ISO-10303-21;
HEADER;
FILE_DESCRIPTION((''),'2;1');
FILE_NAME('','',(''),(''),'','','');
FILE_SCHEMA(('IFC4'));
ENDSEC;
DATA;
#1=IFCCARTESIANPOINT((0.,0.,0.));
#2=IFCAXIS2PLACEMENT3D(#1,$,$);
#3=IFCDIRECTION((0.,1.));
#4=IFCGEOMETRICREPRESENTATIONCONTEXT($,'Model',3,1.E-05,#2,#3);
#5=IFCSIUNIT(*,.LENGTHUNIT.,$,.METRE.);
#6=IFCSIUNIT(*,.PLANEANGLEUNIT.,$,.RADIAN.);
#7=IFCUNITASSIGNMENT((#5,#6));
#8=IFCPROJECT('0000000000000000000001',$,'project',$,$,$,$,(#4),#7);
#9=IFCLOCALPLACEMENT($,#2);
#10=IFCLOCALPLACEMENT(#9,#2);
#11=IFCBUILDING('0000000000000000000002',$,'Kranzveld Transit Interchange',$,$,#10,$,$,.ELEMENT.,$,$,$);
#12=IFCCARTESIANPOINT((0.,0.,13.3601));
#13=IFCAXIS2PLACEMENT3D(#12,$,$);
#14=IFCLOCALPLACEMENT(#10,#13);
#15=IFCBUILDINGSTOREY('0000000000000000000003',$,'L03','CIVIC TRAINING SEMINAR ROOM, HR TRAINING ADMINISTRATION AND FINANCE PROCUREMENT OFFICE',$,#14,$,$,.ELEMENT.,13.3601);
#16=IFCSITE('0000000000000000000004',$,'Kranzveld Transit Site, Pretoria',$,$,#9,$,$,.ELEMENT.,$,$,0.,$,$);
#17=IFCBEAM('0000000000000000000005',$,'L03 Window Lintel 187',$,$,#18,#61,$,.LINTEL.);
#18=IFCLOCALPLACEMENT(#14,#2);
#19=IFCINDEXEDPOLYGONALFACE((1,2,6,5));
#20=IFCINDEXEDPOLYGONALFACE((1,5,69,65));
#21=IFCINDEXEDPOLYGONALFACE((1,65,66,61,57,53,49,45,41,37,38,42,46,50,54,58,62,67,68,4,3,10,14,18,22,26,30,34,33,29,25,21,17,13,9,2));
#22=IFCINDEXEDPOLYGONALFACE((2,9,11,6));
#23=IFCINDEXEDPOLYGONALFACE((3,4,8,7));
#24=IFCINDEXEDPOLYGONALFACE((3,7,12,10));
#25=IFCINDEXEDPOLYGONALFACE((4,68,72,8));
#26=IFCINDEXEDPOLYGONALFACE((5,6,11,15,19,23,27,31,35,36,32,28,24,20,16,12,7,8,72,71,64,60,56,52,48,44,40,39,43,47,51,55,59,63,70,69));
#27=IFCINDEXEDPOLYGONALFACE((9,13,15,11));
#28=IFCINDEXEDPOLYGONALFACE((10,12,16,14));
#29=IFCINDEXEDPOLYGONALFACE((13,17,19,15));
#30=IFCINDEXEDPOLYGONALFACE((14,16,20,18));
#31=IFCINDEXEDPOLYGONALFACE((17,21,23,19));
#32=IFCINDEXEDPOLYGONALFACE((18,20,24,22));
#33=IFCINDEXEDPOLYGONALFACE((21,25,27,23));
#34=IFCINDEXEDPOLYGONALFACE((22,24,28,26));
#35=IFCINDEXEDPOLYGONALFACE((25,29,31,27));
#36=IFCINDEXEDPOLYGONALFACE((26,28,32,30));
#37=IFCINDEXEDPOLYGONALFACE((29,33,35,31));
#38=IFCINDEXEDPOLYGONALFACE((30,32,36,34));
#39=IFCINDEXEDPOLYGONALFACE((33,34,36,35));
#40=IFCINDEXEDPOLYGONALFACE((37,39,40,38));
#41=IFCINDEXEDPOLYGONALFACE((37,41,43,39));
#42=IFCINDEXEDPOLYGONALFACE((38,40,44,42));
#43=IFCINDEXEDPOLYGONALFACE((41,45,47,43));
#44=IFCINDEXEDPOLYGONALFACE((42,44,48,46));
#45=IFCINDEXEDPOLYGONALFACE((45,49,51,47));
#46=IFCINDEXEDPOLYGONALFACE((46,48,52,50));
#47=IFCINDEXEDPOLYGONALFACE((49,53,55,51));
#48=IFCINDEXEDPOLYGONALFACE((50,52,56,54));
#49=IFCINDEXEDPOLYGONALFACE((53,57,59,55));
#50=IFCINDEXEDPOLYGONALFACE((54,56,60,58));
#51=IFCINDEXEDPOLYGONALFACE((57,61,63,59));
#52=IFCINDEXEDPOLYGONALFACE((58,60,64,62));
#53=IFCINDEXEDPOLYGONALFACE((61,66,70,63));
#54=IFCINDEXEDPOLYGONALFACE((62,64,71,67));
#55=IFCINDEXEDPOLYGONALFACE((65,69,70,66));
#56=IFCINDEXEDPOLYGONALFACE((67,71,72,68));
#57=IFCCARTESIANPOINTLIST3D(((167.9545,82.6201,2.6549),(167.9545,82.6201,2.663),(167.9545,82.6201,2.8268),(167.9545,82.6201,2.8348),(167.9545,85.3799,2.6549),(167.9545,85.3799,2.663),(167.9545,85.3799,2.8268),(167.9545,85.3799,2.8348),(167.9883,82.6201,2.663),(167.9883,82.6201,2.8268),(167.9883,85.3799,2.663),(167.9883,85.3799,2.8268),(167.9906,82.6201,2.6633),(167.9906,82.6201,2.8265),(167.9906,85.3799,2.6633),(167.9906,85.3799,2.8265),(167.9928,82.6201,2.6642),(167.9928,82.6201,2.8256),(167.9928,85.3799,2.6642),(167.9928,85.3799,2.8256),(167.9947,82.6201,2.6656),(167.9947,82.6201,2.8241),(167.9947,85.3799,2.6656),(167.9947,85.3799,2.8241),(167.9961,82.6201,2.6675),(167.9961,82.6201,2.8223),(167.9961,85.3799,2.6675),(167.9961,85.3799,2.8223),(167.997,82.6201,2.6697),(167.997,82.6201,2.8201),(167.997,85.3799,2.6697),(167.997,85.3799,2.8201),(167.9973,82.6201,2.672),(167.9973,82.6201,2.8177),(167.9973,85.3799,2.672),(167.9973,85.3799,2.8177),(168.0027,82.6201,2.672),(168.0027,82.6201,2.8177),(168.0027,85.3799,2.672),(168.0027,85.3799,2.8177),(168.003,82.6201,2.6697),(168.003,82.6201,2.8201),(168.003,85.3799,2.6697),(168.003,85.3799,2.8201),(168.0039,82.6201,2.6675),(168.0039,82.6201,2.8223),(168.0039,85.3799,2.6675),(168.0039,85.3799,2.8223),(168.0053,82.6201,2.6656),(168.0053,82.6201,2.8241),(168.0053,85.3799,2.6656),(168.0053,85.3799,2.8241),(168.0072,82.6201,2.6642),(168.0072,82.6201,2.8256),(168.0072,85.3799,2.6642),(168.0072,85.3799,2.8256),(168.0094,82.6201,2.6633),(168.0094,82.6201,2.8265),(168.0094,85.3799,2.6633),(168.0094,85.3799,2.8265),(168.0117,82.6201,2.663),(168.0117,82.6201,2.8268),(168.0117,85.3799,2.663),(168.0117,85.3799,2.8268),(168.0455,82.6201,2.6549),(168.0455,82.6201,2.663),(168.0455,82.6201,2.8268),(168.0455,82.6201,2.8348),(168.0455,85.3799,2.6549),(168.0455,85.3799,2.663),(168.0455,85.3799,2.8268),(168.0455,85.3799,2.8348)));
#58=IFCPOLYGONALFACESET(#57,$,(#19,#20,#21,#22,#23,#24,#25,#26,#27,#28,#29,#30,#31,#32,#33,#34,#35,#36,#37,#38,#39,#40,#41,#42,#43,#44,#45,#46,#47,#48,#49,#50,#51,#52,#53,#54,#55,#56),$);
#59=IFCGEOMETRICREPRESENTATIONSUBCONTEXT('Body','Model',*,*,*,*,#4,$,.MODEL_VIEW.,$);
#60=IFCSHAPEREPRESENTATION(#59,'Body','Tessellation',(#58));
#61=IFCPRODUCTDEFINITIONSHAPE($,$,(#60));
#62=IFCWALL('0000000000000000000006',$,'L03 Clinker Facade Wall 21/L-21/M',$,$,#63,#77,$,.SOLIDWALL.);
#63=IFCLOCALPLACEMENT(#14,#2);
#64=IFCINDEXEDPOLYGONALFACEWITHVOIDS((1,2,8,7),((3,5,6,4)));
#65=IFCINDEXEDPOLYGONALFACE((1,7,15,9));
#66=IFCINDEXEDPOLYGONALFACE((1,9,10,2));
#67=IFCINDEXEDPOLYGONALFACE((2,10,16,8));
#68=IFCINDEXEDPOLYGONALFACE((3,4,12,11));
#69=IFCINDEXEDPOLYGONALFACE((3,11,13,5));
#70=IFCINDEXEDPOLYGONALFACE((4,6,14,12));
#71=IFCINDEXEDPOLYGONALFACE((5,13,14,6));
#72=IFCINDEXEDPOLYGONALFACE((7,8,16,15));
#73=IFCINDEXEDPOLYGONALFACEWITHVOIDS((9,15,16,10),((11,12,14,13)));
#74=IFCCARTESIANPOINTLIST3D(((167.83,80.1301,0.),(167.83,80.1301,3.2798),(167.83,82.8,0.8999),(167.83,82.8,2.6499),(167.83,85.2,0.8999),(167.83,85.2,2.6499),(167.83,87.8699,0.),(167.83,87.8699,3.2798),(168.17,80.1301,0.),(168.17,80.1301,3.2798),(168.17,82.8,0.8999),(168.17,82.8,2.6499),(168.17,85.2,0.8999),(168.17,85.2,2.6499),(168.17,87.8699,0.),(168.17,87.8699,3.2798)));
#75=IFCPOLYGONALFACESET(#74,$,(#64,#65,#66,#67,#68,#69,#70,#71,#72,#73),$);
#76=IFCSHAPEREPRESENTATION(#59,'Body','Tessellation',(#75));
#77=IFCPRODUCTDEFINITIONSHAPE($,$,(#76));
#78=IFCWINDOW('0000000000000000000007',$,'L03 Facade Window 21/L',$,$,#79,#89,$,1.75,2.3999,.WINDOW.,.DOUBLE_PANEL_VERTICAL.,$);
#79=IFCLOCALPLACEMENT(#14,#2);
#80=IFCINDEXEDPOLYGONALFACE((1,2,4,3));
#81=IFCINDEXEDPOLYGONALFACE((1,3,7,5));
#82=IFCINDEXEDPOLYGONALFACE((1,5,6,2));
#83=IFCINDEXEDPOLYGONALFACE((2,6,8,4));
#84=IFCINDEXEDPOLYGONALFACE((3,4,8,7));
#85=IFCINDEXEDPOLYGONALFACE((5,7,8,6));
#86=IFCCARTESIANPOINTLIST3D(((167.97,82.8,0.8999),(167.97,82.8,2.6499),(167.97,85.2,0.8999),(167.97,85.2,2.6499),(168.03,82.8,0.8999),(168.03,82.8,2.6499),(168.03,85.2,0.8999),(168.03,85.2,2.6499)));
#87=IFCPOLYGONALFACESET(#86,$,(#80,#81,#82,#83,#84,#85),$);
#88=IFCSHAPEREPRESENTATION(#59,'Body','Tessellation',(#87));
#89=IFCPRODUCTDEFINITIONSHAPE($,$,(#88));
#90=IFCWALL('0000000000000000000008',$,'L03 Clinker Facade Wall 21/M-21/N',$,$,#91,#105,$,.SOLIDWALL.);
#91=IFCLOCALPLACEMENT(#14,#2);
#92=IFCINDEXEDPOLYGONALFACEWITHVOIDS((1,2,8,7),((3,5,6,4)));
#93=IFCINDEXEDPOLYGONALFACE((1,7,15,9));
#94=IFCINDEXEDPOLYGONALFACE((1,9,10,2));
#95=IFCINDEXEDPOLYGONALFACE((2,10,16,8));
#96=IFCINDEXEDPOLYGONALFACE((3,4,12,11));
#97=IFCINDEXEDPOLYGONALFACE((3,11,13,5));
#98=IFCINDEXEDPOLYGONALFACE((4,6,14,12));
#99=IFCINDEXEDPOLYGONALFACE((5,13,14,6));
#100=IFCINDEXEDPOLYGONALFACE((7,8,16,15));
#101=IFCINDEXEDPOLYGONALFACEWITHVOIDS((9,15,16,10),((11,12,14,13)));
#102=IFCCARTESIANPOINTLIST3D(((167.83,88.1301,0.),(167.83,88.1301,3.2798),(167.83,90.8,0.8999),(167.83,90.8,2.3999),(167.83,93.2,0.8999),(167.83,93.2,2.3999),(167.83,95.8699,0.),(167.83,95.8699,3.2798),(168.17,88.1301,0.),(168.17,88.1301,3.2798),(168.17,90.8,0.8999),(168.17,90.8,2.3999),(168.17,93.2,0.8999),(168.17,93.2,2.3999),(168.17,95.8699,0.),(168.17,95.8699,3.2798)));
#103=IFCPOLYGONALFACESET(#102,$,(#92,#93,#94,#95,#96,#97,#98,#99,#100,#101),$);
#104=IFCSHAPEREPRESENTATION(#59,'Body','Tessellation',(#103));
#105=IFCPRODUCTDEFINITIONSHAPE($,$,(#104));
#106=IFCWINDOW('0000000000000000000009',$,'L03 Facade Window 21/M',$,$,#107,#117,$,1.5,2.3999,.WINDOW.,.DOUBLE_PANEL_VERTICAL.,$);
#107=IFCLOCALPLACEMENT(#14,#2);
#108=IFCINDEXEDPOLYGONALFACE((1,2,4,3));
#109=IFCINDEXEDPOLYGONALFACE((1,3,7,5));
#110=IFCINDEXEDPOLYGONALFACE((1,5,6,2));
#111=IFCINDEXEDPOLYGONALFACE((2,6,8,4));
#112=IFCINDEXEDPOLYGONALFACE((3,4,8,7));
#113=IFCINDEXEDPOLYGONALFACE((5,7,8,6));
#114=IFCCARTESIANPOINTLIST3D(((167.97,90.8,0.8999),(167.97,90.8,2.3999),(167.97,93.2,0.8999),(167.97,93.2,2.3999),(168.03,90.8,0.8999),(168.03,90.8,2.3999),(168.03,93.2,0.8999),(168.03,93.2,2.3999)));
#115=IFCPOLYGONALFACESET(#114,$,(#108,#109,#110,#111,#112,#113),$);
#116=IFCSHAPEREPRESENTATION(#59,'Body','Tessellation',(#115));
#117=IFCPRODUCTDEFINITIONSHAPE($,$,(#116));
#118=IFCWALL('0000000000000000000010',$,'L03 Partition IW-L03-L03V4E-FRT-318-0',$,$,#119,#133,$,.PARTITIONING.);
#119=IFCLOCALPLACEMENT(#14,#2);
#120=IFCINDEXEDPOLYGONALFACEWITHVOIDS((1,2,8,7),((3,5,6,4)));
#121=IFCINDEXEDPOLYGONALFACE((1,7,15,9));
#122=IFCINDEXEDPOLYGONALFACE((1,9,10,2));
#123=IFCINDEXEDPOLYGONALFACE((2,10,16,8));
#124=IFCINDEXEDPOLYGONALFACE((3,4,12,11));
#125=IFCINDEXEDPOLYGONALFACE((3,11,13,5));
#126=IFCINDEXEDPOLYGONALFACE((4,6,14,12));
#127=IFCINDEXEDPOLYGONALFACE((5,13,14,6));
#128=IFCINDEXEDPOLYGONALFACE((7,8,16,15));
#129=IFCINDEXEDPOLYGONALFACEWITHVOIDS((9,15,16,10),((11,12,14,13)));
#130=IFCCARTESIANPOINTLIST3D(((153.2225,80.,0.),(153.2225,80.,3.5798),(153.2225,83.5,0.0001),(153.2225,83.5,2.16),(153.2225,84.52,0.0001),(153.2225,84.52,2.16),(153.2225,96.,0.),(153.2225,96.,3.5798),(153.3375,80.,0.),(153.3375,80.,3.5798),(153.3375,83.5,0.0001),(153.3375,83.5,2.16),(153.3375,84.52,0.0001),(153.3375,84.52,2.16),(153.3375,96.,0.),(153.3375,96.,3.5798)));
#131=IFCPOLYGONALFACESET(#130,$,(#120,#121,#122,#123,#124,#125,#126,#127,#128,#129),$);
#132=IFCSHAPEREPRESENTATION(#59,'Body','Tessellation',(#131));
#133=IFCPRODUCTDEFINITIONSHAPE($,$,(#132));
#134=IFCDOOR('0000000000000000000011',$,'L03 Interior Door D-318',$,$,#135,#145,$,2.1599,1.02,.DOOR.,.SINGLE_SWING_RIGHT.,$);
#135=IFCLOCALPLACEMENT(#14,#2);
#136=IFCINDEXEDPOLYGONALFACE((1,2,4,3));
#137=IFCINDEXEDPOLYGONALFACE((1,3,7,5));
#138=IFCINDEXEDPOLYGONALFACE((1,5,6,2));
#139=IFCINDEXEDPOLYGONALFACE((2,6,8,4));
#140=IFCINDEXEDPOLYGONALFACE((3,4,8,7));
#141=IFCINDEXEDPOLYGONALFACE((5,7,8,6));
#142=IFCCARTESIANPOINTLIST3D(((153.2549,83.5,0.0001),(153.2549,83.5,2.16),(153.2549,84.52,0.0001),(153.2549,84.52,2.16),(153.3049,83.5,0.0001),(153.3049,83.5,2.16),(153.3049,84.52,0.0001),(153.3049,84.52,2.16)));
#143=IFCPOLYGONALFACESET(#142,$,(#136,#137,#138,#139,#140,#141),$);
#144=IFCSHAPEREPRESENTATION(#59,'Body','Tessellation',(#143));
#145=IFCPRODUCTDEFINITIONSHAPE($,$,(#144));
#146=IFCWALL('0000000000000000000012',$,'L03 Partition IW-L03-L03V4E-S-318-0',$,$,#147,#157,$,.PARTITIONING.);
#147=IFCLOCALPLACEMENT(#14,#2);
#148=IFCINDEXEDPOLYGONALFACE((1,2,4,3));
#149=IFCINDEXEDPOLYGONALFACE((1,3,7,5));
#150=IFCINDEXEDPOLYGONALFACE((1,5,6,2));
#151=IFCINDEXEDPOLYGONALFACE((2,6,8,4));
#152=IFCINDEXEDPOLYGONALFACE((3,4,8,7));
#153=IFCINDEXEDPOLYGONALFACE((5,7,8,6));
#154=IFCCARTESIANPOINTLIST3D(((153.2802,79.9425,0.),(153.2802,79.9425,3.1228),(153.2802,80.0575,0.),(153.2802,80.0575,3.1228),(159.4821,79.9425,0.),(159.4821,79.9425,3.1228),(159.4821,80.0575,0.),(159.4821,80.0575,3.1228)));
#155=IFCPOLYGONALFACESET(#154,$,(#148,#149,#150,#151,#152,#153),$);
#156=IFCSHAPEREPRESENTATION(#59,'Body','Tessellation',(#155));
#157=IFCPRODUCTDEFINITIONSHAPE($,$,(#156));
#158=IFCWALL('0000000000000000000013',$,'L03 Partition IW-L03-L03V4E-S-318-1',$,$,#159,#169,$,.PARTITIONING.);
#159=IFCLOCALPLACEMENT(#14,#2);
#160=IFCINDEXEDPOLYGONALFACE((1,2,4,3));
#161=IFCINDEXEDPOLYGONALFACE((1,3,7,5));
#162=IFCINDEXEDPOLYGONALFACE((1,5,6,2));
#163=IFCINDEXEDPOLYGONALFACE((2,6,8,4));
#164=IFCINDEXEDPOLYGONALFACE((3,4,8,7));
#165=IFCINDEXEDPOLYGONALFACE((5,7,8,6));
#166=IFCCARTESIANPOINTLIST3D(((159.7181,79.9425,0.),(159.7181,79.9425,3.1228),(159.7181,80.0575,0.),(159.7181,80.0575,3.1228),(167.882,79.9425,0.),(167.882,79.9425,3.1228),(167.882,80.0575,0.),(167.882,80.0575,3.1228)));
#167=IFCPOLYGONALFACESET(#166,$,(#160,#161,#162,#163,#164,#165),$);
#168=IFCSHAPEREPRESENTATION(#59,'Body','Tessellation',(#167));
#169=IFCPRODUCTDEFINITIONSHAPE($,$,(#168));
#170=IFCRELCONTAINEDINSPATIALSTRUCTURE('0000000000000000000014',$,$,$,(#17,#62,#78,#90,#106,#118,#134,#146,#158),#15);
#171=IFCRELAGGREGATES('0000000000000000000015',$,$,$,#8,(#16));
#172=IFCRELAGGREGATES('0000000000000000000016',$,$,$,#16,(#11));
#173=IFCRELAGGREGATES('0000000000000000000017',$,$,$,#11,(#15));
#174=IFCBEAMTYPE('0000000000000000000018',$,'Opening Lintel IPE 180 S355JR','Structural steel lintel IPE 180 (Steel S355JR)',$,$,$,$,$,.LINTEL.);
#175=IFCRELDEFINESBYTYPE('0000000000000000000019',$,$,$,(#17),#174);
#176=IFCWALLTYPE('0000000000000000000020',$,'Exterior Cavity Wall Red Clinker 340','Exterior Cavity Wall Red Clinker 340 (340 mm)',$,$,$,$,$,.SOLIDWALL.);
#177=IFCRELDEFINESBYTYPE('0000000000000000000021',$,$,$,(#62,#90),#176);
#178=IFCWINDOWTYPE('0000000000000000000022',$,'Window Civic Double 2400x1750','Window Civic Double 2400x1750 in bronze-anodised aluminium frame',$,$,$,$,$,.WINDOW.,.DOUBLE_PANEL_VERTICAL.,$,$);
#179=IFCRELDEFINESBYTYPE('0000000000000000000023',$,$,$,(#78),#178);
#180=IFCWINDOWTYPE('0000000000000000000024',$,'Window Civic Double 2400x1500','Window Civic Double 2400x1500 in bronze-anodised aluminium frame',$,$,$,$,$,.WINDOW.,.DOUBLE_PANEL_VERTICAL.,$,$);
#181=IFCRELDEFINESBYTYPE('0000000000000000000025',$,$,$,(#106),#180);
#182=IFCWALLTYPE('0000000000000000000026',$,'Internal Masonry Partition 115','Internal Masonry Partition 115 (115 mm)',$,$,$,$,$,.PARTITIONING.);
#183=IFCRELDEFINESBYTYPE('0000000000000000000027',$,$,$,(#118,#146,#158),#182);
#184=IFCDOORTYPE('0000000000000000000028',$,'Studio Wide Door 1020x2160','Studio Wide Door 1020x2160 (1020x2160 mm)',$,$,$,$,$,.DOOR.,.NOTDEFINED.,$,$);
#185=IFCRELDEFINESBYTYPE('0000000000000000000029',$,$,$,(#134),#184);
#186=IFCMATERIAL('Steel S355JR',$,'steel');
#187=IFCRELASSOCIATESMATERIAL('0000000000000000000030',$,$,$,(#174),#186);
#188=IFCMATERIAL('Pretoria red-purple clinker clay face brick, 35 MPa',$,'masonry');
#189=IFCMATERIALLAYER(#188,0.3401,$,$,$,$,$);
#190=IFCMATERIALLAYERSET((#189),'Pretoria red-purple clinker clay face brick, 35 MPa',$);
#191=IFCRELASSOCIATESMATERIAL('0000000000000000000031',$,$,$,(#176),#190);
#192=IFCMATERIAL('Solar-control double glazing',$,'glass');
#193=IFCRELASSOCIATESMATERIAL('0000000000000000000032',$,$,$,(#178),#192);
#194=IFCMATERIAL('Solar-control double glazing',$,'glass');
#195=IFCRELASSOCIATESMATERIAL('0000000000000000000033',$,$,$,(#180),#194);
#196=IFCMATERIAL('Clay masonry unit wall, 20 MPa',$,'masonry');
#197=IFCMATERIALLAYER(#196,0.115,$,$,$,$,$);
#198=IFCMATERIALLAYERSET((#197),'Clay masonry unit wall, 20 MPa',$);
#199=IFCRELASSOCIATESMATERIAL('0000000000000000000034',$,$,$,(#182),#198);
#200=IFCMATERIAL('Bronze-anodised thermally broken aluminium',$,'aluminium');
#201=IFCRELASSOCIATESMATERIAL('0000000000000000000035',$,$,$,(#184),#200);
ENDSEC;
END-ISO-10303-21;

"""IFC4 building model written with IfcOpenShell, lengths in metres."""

from ifc_helpers import new_model, si_unit, direction, frame, frame_2d, origin, origin_2d, place, context, subcontext, project, spatial, rectangle, i_section, extrude, material, layer, layer_set, material_profile, profile_set, type_object, element, fill, save


model = new_model("IFC4")

# Units and contexts
model_context = context("Model", 3, precision=1e-05, world=origin(), true_north=direction((0.0, 1.0)))
body_context = subcontext(model_context, "Body", "Model", "MODEL_VIEW")
ifc_project = project(units=[si_unit("LENGTHUNIT", "METRE"), si_unit("PLANEANGLEUNIT", "RADIAN")], contexts=[model_context])

# Site, building, storey
site_placement = place(None, origin())
site = spatial("IfcSite", under=ifc_project, at=site_placement, Name="Kranzveld Transit Site, Pretoria", CompositionType="ELEMENT", RefElevation=0.0)
building_placement = place(site_placement, origin())
building = spatial("IfcBuilding", under=site, at=building_placement, Name="Kranzveld Transit Interchange", CompositionType="ELEMENT")
storey_placement = place(building_placement, frame((0.0, 0.0, 13.3601)))
storey = spatial("IfcBuildingStorey", under=building, at=storey_placement, Name="L03", Description="CIVIC TRAINING SEMINAR ROOM, HR TRAINING ADMINISTRATION AND FINANCE PROCUREMENT OFFICE", CompositionType="ELEMENT", Elevation=13.3601)

# Beam
ifc_material_1 = material(Name="Steel S355JR", Category="steel")
ifc_material_profile_1 = material_profile(ifc_material_1, i_section(OverallWidth=0.0911, OverallDepth=0.1799, WebThickness=0.0054, FlangeThickness=0.0081, FilletRadius=0.009, at=origin_2d()), Name="IPE 180")
ifc_profile_set_1 = profile_set([ifc_material_profile_1], Name="Steel S355JR")
beam_type_1 = type_object("IfcBeamType", Name="Opening Lintel IPE 180 S355JR", Description="Structural steel lintel IPE 180 (Steel S355JR)", PredefinedType="LINTEL", material=ifc_profile_set_1)
beam_1_placement = place(storey_placement, frame((168.0, 82.6201, 2.7449), z_axis=(0.0, 1.0, 0.0), x_axis=(-1.0, 0.0, 0.0)))
element("IfcBeam", 1, at=beam_1_placement, inside=storey, type_object=beam_type_1, Name="L03 Window Lintel 187", PredefinedType="LINTEL", context=body_context, shape_type="SweptSolid", body=[
    extrude(i_section(OverallWidth=0.0911, OverallDepth=0.1799, WebThickness=0.0054, FlangeThickness=0.0081, FilletRadius=0.009, at=origin_2d()), origin(), (0.0, 0.0, 1.0), 2.7598),
])

# Walls, openings, windows
ifc_material_2 = material(Name="Pretoria red-purple clinker clay face brick, 35 MPa", Category="masonry")
ifc_layer_1 = layer(ifc_material_2, 0.3401)
ifc_layer_set_1 = layer_set([ifc_layer_1], Name="Pretoria red-purple clinker clay face brick, 35 MPa")
wall_type_1 = type_object("IfcWallType", Name="Exterior Cavity Wall Red Clinker 340", Description="Exterior Cavity Wall Red Clinker 340 (340 mm)", PredefinedType="SOLIDWALL", material=ifc_layer_set_1)
wall_1_placement = place(storey_placement, frame((168.0, 80.1301, 0.0), z_axis=(0.0, 0.0, 1.0), x_axis=(0.0, 1.0, 0.0)))
wall_1 = element("IfcWall", 2, at=wall_1_placement, inside=storey, type_object=wall_type_1, Name="L03 Clinker Facade Wall 21/L-21/M", PredefinedType="SOLIDWALL", context=body_context, shape_type="SweptSolid", body=[
    extrude(rectangle(XDim=7.7397, YDim=0.3401, at=frame_2d((3.8699, 0.0))), origin(), (0.0, 0.0, 1.0), 3.2798),
])
opening_1_placement = place(wall_1_placement, frame((2.6699, 0.0, 0.8999), z_axis=(0.0, 0.0, 1.0), x_axis=(1.0, 0.0, 0.0)))
opening_1 = element("IfcOpeningElement", 3, at=opening_1_placement, cuts=wall_1, PredefinedType="OPENING", context=body_context, shape_type="SweptSolid", body=[
    extrude(rectangle(XDim=2.3999, YDim=1.75, at=frame_2d((1.2, 0.875))), frame((0.0, 0.1799, 0.0), z_axis=(0.0, -1.0, 0.0), x_axis=(1.0, 0.0, 0.0)), (0.0, 0.0, 1.0), 0.3601),
])
ifc_material_3 = material(Name="Solar-control double glazing", Category="glass")
window_type_1 = type_object("IfcWindowType", Name="Window Civic Double 2400x1750", Description="Window Civic Double 2400x1750 in bronze-anodised aluminium frame", PartitioningType="DOUBLE_PANEL_VERTICAL", PredefinedType="WINDOW", material=ifc_material_3)
window_1_placement = place(opening_1_placement, origin())
window_1 = element("IfcWindow", 4, at=window_1_placement, inside=storey, type_object=window_type_1, Name="L03 Facade Window 21/L", OverallHeight=1.75, OverallWidth=2.3999, PartitioningType="DOUBLE_PANEL_VERTICAL", PredefinedType="WINDOW", context=body_context, shape_type="SweptSolid", body=[
    extrude(rectangle(XDim=2.3999, YDim=1.75, at=frame_2d((1.2, 0.875))), frame((0.0, 0.03, 0.0), z_axis=(0.0, -1.0, 0.0), x_axis=(1.0, 0.0, 0.0)), (0.0, 0.0, 1.0), 0.0601),
])
fill(opening_1, window_1)
wall_2_placement = place(storey_placement, frame((168.0, 88.1301, 0.0), z_axis=(0.0, 0.0, 1.0), x_axis=(0.0, 1.0, 0.0)))
wall_2 = element("IfcWall", 5, at=wall_2_placement, inside=storey, type_object=wall_type_1, Name="L03 Clinker Facade Wall 21/M-21/N", PredefinedType="SOLIDWALL", context=body_context, shape_type="SweptSolid", body=[
    extrude(rectangle(XDim=7.7397, YDim=0.3401, at=frame_2d((3.8699, 0.0))), origin(), (0.0, 0.0, 1.0), 3.2798),
])
opening_2_placement = place(wall_2_placement, frame((2.6699, 0.0, 0.8999), z_axis=(0.0, 0.0, 1.0), x_axis=(1.0, 0.0, 0.0)))
opening_2 = element("IfcOpeningElement", 6, at=opening_2_placement, cuts=wall_2, PredefinedType="OPENING", context=body_context, shape_type="SweptSolid", body=[
    extrude(rectangle(XDim=2.3999, YDim=1.5, at=frame_2d((1.2, 0.75))), frame((0.0, 0.1799, 0.0), z_axis=(0.0, -1.0, 0.0), x_axis=(1.0, 0.0, 0.0)), (0.0, 0.0, 1.0), 0.3601),
])
ifc_material_4 = material(Name="Solar-control double glazing", Category="glass")
window_type_2 = type_object("IfcWindowType", Name="Window Civic Double 2400x1500", Description="Window Civic Double 2400x1500 in bronze-anodised aluminium frame", PartitioningType="DOUBLE_PANEL_VERTICAL", PredefinedType="WINDOW", material=ifc_material_4)
window_2_placement = place(opening_2_placement, origin())
window_2 = element("IfcWindow", 7, at=window_2_placement, inside=storey, type_object=window_type_2, Name="L03 Facade Window 21/M", OverallHeight=1.5, OverallWidth=2.3999, PartitioningType="DOUBLE_PANEL_VERTICAL", PredefinedType="WINDOW", context=body_context, shape_type="SweptSolid", body=[
    extrude(rectangle(XDim=2.3999, YDim=1.5, at=frame_2d((1.2, 0.75))), frame((0.0, 0.03, 0.0), z_axis=(0.0, -1.0, 0.0), x_axis=(1.0, 0.0, 0.0)), (0.0, 0.0, 1.0), 0.0601),
])
fill(opening_2, window_2)

# Wall, opening, door
ifc_material_5 = material(Name="Clay masonry unit wall, 20 MPa", Category="masonry")
ifc_layer_2 = layer(ifc_material_5, 0.115)
ifc_layer_set_2 = layer_set([ifc_layer_2], Name="Clay masonry unit wall, 20 MPa")
wall_type_2 = type_object("IfcWallType", Name="Internal Masonry Partition 115", Description="Internal Masonry Partition 115 (115 mm)", PredefinedType="PARTITIONING", material=ifc_layer_set_2)
wall_3_placement = place(storey_placement, frame((153.28, 80.0, 0.0), z_axis=(0.0, 0.0, 1.0), x_axis=(0.0, 1.0, 0.0)))
wall_3 = element("IfcWall", 8, at=wall_3_placement, inside=storey, type_object=wall_type_2, Name="L03 Partition IW-L03-L03V4E-FRT-318-0", PredefinedType="PARTITIONING", context=body_context, shape_type="SweptSolid", body=[
    extrude(rectangle(XDim=16.0, YDim=0.115, at=frame_2d((8.0, 0.0))), origin(), (0.0, 0.0, 1.0), 3.5798),
])
opening_3_placement = place(wall_3_placement, frame((4.52, 0.0, 0.0), z_axis=(0.0, 0.0, 1.0), x_axis=(-1.0, 0.0, 0.0)))
opening_3 = element("IfcOpeningElement", 9, at=opening_3_placement, cuts=wall_3, PredefinedType="OPENING", context=body_context, shape_type="SweptSolid", body=[
    extrude(rectangle(XDim=1.02, YDim=2.1599, at=frame_2d((0.51, 1.0801))), frame((0.0, 0.0674, 0.0), z_axis=(0.0, -1.0, 0.0), x_axis=(1.0, 0.0, 0.0)), (0.0, 0.0, 1.0), 0.135),
])
ifc_material_6 = material(Name="Bronze-anodised thermally broken aluminium", Category="aluminium")
door_type = type_object("IfcDoorType", Name="Studio Wide Door 1020x2160", Description="Studio Wide Door 1020x2160 (1020x2160 mm)", OperationType="NOTDEFINED", PredefinedType="DOOR", material=ifc_material_6)
door_placement = place(opening_3_placement, origin())
door = element("IfcDoor", 10, at=door_placement, inside=storey, type_object=door_type, Name="L03 Interior Door D-318", OperationType="SINGLE_SWING_RIGHT", OverallHeight=2.1599, OverallWidth=1.02, PredefinedType="DOOR", context=body_context, shape_type="SweptSolid", body=[
    extrude(rectangle(XDim=1.02, YDim=2.1599, at=frame_2d((0.51, 1.0801))), frame((0.0, 0.0249, 0.0), z_axis=(0.0, -1.0, 0.0), x_axis=(1.0, 0.0, 0.0)), (0.0, 0.0, 1.0), 0.05),
])
fill(opening_3, door)

# Walls
wall_4_placement = place(storey_placement, frame((153.28, 80.0, 0.0), z_axis=(0.0, 0.0, 1.0), x_axis=(1.0, 0.0, 0.0)))
element("IfcWall", 11, at=wall_4_placement, inside=storey, type_object=wall_type_2, Name="L03 Partition IW-L03-L03V4E-S-318-0", PredefinedType="PARTITIONING", context=body_context, shape_type="SweptSolid", body=[
    extrude(rectangle(XDim=6.2019, YDim=0.115, at=frame_2d((3.1011, 0.0))), origin(), (0.0, 0.0, 1.0), 3.1228),
])
wall_5_placement = place(storey_placement, frame((159.718, 80.0, 0.0), z_axis=(0.0, 0.0, 1.0), x_axis=(1.0, 0.0, 0.0)))
element("IfcWall", 12, at=wall_5_placement, inside=storey, type_object=wall_type_2, Name="L03 Partition IW-L03-L03V4E-S-318-1", PredefinedType="PARTITIONING", context=body_context, shape_type="SweptSolid", body=[
    extrude(rectangle(XDim=8.1638, YDim=0.115, at=frame_2d((4.082, 0.0))), origin(), (0.0, 0.0, 1.0), 3.1228),
])

save(model, "model.ifc")
